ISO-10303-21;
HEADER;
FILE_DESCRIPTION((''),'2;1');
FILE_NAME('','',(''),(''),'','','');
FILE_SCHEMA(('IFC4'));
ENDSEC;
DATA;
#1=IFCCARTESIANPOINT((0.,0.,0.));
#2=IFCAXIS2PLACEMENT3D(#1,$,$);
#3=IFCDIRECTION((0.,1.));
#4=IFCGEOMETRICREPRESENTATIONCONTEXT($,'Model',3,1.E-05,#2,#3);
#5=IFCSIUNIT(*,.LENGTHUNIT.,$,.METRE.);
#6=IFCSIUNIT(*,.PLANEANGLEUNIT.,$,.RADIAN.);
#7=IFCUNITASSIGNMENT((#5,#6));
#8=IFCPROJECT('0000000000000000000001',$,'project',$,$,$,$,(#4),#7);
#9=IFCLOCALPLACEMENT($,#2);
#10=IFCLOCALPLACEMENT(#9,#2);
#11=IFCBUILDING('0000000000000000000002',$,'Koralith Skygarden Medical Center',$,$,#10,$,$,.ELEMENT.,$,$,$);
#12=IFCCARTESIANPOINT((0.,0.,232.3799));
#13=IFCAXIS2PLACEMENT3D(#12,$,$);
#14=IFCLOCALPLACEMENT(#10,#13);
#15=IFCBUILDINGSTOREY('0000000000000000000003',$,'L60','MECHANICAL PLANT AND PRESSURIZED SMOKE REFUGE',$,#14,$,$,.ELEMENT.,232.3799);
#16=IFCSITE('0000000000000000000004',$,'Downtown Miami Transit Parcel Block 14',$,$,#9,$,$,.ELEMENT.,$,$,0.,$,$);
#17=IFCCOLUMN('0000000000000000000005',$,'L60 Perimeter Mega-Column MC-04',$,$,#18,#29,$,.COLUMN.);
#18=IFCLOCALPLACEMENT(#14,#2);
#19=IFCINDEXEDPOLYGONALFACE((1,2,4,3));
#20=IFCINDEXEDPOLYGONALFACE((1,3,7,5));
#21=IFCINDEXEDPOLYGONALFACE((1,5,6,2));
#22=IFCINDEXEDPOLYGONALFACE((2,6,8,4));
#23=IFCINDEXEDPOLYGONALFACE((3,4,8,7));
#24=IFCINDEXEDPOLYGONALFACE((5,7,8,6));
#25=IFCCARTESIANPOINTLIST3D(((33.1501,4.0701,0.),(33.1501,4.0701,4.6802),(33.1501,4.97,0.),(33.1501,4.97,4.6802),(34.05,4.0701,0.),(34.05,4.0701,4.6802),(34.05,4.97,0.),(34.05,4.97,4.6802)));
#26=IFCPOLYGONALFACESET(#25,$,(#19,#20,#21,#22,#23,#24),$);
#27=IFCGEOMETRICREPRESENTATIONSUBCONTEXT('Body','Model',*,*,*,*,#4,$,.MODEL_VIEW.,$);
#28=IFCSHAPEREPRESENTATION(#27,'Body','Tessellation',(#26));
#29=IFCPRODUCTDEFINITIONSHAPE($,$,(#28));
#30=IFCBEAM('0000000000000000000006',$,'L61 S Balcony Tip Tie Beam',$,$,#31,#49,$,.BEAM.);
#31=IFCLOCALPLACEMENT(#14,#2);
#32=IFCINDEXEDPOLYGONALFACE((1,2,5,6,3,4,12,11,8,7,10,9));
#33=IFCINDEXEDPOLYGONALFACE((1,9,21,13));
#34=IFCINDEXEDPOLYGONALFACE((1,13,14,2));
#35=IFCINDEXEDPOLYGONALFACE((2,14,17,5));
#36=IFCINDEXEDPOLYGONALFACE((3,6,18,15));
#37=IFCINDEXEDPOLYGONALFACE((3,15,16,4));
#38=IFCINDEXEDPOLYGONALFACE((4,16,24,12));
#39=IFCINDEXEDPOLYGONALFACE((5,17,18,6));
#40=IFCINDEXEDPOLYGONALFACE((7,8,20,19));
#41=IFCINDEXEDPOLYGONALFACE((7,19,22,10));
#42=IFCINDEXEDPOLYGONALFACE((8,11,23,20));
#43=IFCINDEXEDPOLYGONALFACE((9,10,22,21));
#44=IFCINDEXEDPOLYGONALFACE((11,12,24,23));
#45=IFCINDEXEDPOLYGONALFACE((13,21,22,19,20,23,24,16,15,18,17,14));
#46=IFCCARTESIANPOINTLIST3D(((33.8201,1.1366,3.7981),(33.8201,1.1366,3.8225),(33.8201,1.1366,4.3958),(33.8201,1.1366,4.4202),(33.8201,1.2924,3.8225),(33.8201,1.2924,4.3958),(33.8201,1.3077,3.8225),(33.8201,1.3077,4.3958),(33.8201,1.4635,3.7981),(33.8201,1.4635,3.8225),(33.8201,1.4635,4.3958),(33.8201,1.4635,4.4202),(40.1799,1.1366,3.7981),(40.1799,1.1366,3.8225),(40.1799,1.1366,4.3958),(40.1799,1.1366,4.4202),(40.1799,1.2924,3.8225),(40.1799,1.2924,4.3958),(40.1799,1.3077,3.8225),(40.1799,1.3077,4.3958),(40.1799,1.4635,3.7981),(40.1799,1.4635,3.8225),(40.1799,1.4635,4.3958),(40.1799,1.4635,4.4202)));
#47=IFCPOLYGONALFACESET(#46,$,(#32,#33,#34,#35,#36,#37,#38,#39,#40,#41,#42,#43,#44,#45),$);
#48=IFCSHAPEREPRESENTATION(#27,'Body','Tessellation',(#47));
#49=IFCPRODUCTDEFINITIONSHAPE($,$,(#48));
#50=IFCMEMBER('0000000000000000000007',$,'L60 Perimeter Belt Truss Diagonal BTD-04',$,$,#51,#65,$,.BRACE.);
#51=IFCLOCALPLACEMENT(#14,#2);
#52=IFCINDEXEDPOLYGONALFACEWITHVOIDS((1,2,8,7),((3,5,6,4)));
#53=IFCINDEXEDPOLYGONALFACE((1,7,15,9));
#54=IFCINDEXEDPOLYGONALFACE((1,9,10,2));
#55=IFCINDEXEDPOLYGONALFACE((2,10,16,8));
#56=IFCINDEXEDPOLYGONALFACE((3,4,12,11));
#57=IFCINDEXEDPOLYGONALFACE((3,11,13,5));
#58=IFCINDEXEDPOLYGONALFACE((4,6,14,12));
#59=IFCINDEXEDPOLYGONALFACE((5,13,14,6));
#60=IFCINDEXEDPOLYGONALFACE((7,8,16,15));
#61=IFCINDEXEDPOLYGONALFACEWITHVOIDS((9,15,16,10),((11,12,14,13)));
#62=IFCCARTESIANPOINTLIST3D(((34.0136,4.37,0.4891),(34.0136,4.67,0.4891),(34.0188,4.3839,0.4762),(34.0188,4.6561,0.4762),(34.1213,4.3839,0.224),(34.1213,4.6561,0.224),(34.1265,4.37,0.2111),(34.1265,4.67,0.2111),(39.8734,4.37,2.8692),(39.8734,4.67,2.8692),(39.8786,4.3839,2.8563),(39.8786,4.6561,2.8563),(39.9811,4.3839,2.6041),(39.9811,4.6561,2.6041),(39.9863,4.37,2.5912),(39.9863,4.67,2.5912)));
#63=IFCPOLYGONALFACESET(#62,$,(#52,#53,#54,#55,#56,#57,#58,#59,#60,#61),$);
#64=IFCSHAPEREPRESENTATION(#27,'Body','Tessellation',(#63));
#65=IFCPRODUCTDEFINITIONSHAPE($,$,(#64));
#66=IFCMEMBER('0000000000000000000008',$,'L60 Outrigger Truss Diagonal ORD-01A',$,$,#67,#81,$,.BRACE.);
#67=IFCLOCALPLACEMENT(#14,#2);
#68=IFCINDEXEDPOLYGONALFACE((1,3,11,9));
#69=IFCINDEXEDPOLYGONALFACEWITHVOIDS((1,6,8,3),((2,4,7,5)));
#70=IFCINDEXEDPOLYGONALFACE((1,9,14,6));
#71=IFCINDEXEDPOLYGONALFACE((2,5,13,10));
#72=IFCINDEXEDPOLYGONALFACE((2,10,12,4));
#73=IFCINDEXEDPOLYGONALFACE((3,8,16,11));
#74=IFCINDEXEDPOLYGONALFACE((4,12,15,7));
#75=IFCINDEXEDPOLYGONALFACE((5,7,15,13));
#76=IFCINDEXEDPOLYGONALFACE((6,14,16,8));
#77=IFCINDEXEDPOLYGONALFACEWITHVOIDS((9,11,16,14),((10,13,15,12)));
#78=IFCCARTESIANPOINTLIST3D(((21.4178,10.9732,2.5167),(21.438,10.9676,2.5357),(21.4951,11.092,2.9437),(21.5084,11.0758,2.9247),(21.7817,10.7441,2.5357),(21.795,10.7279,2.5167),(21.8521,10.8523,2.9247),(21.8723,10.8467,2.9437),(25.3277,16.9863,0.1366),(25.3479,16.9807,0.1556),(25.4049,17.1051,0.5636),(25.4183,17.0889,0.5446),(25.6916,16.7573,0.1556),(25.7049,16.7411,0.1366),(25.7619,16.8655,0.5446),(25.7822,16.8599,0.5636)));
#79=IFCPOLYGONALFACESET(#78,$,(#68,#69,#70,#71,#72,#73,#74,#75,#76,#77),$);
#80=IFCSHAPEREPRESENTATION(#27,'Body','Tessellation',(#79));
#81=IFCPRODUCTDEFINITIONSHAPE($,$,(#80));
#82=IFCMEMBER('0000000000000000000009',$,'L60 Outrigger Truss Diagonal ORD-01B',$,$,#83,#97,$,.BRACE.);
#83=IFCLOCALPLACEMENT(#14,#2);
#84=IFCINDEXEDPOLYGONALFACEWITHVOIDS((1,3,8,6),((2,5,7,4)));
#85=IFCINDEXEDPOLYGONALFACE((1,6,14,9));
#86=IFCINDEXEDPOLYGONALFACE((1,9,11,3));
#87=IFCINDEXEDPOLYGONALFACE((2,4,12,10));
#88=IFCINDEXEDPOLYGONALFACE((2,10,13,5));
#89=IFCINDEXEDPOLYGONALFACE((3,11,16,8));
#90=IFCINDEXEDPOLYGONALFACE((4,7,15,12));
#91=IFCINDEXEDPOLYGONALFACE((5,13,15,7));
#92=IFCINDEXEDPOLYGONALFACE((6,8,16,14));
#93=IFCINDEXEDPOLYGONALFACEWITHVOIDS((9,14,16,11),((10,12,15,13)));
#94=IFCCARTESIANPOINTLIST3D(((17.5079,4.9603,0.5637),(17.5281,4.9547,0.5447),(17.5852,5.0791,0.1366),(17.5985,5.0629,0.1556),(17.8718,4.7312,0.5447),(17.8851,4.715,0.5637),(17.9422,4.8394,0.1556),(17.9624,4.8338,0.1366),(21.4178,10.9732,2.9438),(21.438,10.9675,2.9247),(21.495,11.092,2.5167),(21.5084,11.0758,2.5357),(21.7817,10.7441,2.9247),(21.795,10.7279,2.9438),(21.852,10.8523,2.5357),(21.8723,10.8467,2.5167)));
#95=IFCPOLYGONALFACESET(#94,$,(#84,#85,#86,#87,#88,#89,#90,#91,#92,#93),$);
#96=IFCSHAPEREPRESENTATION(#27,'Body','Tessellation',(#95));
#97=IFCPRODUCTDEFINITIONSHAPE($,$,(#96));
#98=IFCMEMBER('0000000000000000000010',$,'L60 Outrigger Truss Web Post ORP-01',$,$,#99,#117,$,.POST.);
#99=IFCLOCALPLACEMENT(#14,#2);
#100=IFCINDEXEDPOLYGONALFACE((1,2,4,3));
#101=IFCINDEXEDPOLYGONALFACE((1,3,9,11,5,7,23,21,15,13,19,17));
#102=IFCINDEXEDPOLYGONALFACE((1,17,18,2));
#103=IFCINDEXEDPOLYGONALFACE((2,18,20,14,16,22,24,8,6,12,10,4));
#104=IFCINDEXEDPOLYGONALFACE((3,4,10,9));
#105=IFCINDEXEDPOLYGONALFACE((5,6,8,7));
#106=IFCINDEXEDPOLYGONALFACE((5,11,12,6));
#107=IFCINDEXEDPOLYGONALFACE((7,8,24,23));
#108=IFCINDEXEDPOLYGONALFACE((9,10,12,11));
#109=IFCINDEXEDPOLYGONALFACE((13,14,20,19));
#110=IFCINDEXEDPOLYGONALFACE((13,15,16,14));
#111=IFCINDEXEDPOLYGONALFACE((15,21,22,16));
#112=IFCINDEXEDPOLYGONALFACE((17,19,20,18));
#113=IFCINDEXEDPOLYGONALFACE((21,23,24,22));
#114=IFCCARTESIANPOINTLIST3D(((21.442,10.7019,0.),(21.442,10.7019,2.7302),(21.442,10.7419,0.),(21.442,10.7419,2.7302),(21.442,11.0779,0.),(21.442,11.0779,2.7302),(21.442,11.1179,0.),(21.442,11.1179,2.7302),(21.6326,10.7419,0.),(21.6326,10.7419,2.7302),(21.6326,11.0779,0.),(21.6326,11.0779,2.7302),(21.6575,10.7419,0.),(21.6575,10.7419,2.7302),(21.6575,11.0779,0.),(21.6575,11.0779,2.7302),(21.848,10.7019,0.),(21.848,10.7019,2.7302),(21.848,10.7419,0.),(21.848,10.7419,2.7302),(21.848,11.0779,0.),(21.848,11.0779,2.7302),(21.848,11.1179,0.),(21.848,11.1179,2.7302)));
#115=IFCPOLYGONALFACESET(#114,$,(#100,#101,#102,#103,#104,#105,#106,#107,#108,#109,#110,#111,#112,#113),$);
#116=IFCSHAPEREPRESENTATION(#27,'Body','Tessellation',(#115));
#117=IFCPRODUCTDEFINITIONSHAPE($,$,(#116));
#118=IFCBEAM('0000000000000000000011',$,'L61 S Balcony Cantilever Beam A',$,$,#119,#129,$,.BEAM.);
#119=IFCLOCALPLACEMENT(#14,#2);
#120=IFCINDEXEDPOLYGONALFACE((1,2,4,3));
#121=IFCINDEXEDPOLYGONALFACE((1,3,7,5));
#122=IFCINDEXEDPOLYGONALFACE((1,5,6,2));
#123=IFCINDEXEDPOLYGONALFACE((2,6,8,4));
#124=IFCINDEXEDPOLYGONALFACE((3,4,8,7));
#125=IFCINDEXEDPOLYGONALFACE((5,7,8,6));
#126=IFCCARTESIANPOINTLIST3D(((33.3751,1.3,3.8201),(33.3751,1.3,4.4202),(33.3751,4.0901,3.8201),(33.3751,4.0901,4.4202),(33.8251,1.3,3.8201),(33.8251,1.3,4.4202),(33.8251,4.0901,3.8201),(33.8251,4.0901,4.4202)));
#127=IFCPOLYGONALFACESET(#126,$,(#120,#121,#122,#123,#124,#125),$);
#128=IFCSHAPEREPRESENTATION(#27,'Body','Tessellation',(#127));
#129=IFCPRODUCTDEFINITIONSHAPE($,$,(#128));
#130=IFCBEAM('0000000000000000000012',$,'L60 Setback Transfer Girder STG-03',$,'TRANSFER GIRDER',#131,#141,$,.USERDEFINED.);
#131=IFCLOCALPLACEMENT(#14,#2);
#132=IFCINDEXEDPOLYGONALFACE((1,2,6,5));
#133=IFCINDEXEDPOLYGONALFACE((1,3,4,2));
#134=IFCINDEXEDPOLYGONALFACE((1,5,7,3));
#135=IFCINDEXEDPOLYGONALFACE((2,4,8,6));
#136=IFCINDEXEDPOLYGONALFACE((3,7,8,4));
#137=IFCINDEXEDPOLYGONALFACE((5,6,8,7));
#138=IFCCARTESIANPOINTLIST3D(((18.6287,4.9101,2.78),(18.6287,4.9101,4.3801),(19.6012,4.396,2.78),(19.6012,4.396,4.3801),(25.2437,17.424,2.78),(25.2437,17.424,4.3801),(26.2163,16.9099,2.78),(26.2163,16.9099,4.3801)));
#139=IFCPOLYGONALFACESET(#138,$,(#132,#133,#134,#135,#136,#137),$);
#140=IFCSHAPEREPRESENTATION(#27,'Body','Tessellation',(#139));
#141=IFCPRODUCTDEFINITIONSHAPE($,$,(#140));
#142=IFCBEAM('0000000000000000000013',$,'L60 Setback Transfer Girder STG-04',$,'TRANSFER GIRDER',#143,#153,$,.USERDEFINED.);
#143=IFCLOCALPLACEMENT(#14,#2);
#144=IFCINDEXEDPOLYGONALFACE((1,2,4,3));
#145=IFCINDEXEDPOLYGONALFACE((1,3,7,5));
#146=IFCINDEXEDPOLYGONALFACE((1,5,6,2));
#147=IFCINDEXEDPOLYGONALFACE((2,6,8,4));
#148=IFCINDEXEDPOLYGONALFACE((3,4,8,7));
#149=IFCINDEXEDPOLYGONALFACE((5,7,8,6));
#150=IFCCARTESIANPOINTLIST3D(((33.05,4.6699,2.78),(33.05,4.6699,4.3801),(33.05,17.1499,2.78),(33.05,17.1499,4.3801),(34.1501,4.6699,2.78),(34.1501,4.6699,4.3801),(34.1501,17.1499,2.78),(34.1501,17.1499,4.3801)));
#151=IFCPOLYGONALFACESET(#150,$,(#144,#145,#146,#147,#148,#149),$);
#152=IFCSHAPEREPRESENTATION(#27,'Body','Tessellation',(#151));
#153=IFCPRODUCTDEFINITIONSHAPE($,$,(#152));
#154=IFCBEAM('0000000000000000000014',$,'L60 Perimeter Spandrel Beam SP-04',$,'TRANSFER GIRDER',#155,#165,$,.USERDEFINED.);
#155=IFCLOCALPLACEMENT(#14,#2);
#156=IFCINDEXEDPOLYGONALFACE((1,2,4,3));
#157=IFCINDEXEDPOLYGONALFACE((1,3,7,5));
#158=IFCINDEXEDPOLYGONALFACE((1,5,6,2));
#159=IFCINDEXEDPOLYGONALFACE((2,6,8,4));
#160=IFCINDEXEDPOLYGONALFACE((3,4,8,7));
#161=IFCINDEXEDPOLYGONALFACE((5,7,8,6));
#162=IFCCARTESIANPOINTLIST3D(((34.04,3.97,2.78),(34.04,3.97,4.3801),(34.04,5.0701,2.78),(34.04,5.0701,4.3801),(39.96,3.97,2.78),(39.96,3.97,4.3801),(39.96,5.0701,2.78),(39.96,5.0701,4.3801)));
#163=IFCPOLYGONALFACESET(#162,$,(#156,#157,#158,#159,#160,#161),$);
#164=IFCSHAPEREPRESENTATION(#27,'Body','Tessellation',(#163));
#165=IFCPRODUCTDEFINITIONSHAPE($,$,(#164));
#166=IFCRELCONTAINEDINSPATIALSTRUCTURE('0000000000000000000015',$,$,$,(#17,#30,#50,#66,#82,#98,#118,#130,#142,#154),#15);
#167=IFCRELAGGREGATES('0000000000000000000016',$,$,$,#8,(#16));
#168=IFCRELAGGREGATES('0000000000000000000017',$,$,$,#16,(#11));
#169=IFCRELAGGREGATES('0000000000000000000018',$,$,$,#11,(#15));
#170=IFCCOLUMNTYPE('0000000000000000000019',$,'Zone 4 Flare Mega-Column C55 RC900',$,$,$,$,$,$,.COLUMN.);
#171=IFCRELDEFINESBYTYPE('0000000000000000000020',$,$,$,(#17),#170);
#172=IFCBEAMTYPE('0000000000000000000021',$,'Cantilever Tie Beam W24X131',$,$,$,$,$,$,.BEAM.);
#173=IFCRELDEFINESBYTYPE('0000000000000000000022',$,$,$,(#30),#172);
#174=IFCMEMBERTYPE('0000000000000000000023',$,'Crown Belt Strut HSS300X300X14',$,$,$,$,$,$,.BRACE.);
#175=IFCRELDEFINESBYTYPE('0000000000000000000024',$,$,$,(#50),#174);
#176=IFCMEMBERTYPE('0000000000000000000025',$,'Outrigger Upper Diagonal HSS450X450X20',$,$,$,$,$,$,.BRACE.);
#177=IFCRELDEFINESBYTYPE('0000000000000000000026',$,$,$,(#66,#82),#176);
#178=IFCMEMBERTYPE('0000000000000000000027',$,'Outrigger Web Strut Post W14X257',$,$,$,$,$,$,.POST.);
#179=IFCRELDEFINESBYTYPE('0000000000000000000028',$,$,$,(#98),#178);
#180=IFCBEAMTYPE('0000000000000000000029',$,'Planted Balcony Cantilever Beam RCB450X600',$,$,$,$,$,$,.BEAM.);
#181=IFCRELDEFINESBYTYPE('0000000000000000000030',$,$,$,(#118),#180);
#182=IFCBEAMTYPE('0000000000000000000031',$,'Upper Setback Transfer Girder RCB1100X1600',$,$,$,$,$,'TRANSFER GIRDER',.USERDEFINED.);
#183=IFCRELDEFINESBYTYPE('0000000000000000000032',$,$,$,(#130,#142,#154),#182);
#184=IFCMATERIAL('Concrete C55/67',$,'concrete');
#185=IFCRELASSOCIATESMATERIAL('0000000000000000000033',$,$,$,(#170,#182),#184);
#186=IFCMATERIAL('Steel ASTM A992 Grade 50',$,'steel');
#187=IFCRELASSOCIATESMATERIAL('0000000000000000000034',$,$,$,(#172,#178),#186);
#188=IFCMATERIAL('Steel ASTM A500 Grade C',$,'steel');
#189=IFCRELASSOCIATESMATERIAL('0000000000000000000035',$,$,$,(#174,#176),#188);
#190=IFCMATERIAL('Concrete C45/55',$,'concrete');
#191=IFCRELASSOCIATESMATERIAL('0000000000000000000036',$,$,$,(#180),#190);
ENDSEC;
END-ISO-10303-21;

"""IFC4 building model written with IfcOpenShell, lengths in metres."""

from ifc_helpers import new_model, si_unit, direction, frame, origin, origin_2d, place, context, subcontext, project, spatial, rectangle, hollow_rectangle, i_section, extrude, material, material_profile, profile_set, type_object, element, save


model = new_model("IFC4")

# Units and contexts
model_context = context("Model", 3, precision=1e-05, world=origin(), true_north=direction((0.0, 1.0)))
body_context = subcontext(model_context, "Body", "Model", "MODEL_VIEW")
ifc_project = project(units=[si_unit("LENGTHUNIT", "METRE"), si_unit("PLANEANGLEUNIT", "RADIAN")], contexts=[model_context])

# Site, building, storey
site_placement = place(None, origin())
site = spatial("IfcSite", under=ifc_project, at=site_placement, Name="Downtown Miami Transit Parcel Block 14", CompositionType="ELEMENT", RefElevation=0.0)
building_placement = place(site_placement, origin())
building = spatial("IfcBuilding", under=site, at=building_placement, Name="Koralith Skygarden Medical Center", CompositionType="ELEMENT")
storey_placement = place(building_placement, frame((0.0, 0.0, 232.3799)))
storey = spatial("IfcBuildingStorey", under=building, at=storey_placement, Name="L60", Description="MECHANICAL PLANT AND PRESSURIZED SMOKE REFUGE", CompositionType="ELEMENT", Elevation=232.3799)

# Column
ifc_material_1 = material(Name="Concrete C55/67", Category="concrete")
ifc_material_profile_1 = material_profile(ifc_material_1, rectangle(XDim=0.8999, YDim=0.8999, at=origin_2d()), Name="RC900X900")
ifc_profile_set_1 = profile_set([ifc_material_profile_1], Name="Concrete C55/67")
column_type = type_object("IfcColumnType", Name="Zone 4 Flare Mega-Column C55 RC900", PredefinedType="COLUMN", material=ifc_profile_set_1)
column_placement = place(storey_placement, frame((33.6001, 4.52, 0.0), z_axis=(0.0, 0.0, 1.0), x_axis=(1.0, 0.0, 0.0)))
element("IfcColumn", 1, at=column_placement, inside=storey, type_object=column_type, Name="L60 Perimeter Mega-Column MC-04", PredefinedType="COLUMN", context=body_context, shape_type="SweptSolid", body=[
    extrude(rectangle(XDim=0.8999, YDim=0.8999, at=origin_2d()), origin(), (0.0, 0.0, 1.0), 4.6802),
])

# Beam
ifc_material_2 = material(Name="Steel ASTM A992 Grade 50", Category="steel")
ifc_material_profile_2 = material_profile(ifc_material_2, i_section(OverallWidth=0.3269, OverallDepth=0.6221, WebThickness=0.0154, FlangeThickness=0.0244, at=origin_2d()), Name="W24X131")
ifc_profile_set_2 = profile_set([ifc_material_profile_2], Name="Steel ASTM A992 Grade 50")
beam_type_1 = type_object("IfcBeamType", Name="Cantilever Tie Beam W24X131", PredefinedType="BEAM", material=ifc_profile_set_2)
beam_1_placement = place(storey_placement, frame((33.8201, 1.3, 4.1091), z_axis=(1.0, 0.0, 0.0), x_axis=(0.0, 1.0, 0.0)))
element("IfcBeam", 2, at=beam_1_placement, inside=storey, type_object=beam_type_1, Name="L61 S Balcony Tip Tie Beam", PredefinedType="BEAM", context=body_context, shape_type="SweptSolid", body=[
    extrude(i_section(OverallWidth=0.3269, OverallDepth=0.6221, WebThickness=0.0154, FlangeThickness=0.0244, at=origin_2d()), origin(), (0.0, 0.0, 1.0), 6.3599),
])

# Members
ifc_material_3 = material(Name="Steel ASTM A500 Grade C", Category="steel")
ifc_material_profile_3 = material_profile(ifc_material_3, hollow_rectangle(XDim=0.3, YDim=0.3, WallThickness=0.0139, at=origin_2d()), Name="HSS300X300X14")
ifc_profile_set_3 = profile_set([ifc_material_profile_3], Name="Steel ASTM A500 Grade C")
member_type_1 = type_object("IfcMemberType", Name="Crown Belt Strut HSS300X300X14", PredefinedType="BRACE", material=ifc_profile_set_3)
member_1_placement = place(storey_placement, frame((34.0701, 4.52, 0.3501), z_axis=(0.926491, 0.0, 0.376317), x_axis=(0.0, 1.0, 0.0)))
element("IfcMember", 3, at=member_1_placement, inside=storey, type_object=member_type_1, Name="L60 Perimeter Belt Truss Diagonal BTD-04", PredefinedType="BRACE", context=body_context, shape_type="SweptSolid", body=[
    extrude(hollow_rectangle(XDim=0.3, YDim=0.3, WallThickness=0.0139, at=origin_2d()), origin(), (0.0, 0.0, 1.0), 6.3247),
])
ifc_material_profile_4 = material_profile(ifc_material_3, hollow_rectangle(XDim=0.45, YDim=0.45, WallThickness=0.02, at=origin_2d()), Name="HSS450X450X20")
ifc_profile_set_4 = profile_set([ifc_material_profile_4], Name="Steel ASTM A500 Grade C")
member_type_2 = type_object("IfcMemberType", Name="Outrigger Upper Diagonal HSS450X450X20", PredefinedType="BRACE", material=ifc_profile_set_4)
member_2_placement = place(storey_placement, frame((25.5549, 16.9231, 0.3501), z_axis=(-0.517378, -0.795693, 0.31495), x_axis=(0.838358, -0.54512, 0.0)))
element("IfcMember", 4, at=member_2_placement, inside=storey, type_object=member_type_2, Name="L60 Outrigger Truss Diagonal ORD-01A", PredefinedType="BRACE", context=body_context, shape_type="SweptSolid", body=[
    extrude(hollow_rectangle(XDim=0.45, YDim=0.45, WallThickness=0.02, at=origin_2d()), origin(), (0.0, 0.0, 1.0), 7.5571),
])
member_3_placement = place(storey_placement, frame((21.645, 10.9099, 2.7302), z_axis=(-0.517391, -0.795681, -0.314958), x_axis=(0.838348, -0.545136, 0.0)))
element("IfcMember", 5, at=member_3_placement, inside=storey, type_object=member_type_2, Name="L60 Outrigger Truss Diagonal ORD-01B", PredefinedType="BRACE", context=body_context, shape_type="SweptSolid", body=[
    extrude(hollow_rectangle(XDim=0.45, YDim=0.45, WallThickness=0.02, at=origin_2d()), origin(), (0.0, 0.0, 1.0), 7.5569),
])
ifc_material_profile_5 = material_profile(ifc_material_2, i_section(OverallWidth=0.406, OverallDepth=0.416, WebThickness=0.0249, FlangeThickness=0.04, at=origin_2d()), Name="W14X257")
ifc_profile_set_5 = profile_set([ifc_material_profile_5], Name="Steel ASTM A992 Grade 50")
member_type_3 = type_object("IfcMemberType", Name="Outrigger Web Strut Post W14X257", PredefinedType="POST", material=ifc_profile_set_5)
member_4_placement = place(storey_placement, frame((21.645, 10.9099, 0.0), z_axis=(0.0, 0.0, 1.0), x_axis=(1.0, 0.0, 0.0)))
element("IfcMember", 6, at=member_4_placement, inside=storey, type_object=member_type_3, Name="L60 Outrigger Truss Web Post ORP-01", PredefinedType="POST", context=body_context, shape_type="SweptSolid", body=[
    extrude(i_section(OverallWidth=0.406, OverallDepth=0.416, WebThickness=0.0249, FlangeThickness=0.04, at=origin_2d()), origin(), (0.0, 0.0, 1.0), 2.7302),
])

# Beams
ifc_material_4 = material(Name="Concrete C45/55", Category="concrete")
ifc_material_profile_6 = material_profile(ifc_material_4, rectangle(XDim=0.45, YDim=0.6001, at=origin_2d()), Name="RCB450X600")
ifc_profile_set_6 = profile_set([ifc_material_profile_6], Name="Concrete C45/55")
beam_type_2 = type_object("IfcBeamType", Name="Planted Balcony Cantilever Beam RCB450X600", PredefinedType="BEAM", material=ifc_profile_set_6)
beam_2_placement = place(storey_placement, frame((33.6001, 4.0901, 4.1201), z_axis=(0.0, -1.0, 0.0), x_axis=(1.0, 0.0, 0.0)))
element("IfcBeam", 7, at=beam_2_placement, inside=storey, type_object=beam_type_2, Name="L61 S Balcony Cantilever Beam A", PredefinedType="BEAM", context=body_context, shape_type="SweptSolid", body=[
    extrude(rectangle(XDim=0.45, YDim=0.6001, at=origin_2d()), origin(), (0.0, 0.0, 1.0), 2.79),
])
ifc_material_profile_7 = material_profile(ifc_material_1, rectangle(XDim=1.1001, YDim=1.6001, at=origin_2d()), Name="RCB1100X1600")
ifc_profile_set_7 = profile_set([ifc_material_profile_7], Name="Concrete C55/67")
beam_type_3 = type_object("IfcBeamType", Name="Upper Setback Transfer Girder RCB1100X1600", ElementType="TRANSFER GIRDER", PredefinedType="USERDEFINED", material=ifc_profile_set_7)
beam_3_placement = place(storey_placement, frame((25.73, 17.167, 3.5801), z_axis=(-0.467334, -0.884081, 0.0), x_axis=(0.884081, -0.467334, 0.0)))
element("IfcBeam", 8, at=beam_3_placement, inside=storey, type_object=beam_type_3, Name="L60 Setback Transfer Girder STG-03", ObjectType="TRANSFER GIRDER", PredefinedType="USERDEFINED", context=body_context, shape_type="SweptSolid", body=[
    extrude(rectangle(XDim=1.1001, YDim=1.6001, at=origin_2d()), origin(), (0.0, 0.0, 1.0), 14.1548),
])
beam_4_placement = place(storey_placement, frame((33.6001, 17.1499, 3.5801), z_axis=(0.0, -1.0, 0.0), x_axis=(1.0, 0.0, 0.0)))
element("IfcBeam", 9, at=beam_4_placement, inside=storey, type_object=beam_type_3, Name="L60 Setback Transfer Girder STG-04", ObjectType="TRANSFER GIRDER", PredefinedType="USERDEFINED", context=body_context, shape_type="SweptSolid", body=[
    extrude(rectangle(XDim=1.1001, YDim=1.6001, at=origin_2d()), origin(), (0.0, 0.0, 1.0), 12.48),
])
beam_5_placement = place(storey_placement, frame((34.04, 4.52, 3.5801), z_axis=(1.0, 0.0, 0.0), x_axis=(0.0, 1.0, 0.0)))
element("IfcBeam", 10, at=beam_5_placement, inside=storey, type_object=beam_type_3, Name="L60 Perimeter Spandrel Beam SP-04", ObjectType="TRANSFER GIRDER", PredefinedType="USERDEFINED", context=body_context, shape_type="SweptSolid", body=[
    extrude(rectangle(XDim=1.1001, YDim=1.6001, at=origin_2d()), origin(), (0.0, 0.0, 1.0), 5.9199),
])

save(model, "model.ifc")
